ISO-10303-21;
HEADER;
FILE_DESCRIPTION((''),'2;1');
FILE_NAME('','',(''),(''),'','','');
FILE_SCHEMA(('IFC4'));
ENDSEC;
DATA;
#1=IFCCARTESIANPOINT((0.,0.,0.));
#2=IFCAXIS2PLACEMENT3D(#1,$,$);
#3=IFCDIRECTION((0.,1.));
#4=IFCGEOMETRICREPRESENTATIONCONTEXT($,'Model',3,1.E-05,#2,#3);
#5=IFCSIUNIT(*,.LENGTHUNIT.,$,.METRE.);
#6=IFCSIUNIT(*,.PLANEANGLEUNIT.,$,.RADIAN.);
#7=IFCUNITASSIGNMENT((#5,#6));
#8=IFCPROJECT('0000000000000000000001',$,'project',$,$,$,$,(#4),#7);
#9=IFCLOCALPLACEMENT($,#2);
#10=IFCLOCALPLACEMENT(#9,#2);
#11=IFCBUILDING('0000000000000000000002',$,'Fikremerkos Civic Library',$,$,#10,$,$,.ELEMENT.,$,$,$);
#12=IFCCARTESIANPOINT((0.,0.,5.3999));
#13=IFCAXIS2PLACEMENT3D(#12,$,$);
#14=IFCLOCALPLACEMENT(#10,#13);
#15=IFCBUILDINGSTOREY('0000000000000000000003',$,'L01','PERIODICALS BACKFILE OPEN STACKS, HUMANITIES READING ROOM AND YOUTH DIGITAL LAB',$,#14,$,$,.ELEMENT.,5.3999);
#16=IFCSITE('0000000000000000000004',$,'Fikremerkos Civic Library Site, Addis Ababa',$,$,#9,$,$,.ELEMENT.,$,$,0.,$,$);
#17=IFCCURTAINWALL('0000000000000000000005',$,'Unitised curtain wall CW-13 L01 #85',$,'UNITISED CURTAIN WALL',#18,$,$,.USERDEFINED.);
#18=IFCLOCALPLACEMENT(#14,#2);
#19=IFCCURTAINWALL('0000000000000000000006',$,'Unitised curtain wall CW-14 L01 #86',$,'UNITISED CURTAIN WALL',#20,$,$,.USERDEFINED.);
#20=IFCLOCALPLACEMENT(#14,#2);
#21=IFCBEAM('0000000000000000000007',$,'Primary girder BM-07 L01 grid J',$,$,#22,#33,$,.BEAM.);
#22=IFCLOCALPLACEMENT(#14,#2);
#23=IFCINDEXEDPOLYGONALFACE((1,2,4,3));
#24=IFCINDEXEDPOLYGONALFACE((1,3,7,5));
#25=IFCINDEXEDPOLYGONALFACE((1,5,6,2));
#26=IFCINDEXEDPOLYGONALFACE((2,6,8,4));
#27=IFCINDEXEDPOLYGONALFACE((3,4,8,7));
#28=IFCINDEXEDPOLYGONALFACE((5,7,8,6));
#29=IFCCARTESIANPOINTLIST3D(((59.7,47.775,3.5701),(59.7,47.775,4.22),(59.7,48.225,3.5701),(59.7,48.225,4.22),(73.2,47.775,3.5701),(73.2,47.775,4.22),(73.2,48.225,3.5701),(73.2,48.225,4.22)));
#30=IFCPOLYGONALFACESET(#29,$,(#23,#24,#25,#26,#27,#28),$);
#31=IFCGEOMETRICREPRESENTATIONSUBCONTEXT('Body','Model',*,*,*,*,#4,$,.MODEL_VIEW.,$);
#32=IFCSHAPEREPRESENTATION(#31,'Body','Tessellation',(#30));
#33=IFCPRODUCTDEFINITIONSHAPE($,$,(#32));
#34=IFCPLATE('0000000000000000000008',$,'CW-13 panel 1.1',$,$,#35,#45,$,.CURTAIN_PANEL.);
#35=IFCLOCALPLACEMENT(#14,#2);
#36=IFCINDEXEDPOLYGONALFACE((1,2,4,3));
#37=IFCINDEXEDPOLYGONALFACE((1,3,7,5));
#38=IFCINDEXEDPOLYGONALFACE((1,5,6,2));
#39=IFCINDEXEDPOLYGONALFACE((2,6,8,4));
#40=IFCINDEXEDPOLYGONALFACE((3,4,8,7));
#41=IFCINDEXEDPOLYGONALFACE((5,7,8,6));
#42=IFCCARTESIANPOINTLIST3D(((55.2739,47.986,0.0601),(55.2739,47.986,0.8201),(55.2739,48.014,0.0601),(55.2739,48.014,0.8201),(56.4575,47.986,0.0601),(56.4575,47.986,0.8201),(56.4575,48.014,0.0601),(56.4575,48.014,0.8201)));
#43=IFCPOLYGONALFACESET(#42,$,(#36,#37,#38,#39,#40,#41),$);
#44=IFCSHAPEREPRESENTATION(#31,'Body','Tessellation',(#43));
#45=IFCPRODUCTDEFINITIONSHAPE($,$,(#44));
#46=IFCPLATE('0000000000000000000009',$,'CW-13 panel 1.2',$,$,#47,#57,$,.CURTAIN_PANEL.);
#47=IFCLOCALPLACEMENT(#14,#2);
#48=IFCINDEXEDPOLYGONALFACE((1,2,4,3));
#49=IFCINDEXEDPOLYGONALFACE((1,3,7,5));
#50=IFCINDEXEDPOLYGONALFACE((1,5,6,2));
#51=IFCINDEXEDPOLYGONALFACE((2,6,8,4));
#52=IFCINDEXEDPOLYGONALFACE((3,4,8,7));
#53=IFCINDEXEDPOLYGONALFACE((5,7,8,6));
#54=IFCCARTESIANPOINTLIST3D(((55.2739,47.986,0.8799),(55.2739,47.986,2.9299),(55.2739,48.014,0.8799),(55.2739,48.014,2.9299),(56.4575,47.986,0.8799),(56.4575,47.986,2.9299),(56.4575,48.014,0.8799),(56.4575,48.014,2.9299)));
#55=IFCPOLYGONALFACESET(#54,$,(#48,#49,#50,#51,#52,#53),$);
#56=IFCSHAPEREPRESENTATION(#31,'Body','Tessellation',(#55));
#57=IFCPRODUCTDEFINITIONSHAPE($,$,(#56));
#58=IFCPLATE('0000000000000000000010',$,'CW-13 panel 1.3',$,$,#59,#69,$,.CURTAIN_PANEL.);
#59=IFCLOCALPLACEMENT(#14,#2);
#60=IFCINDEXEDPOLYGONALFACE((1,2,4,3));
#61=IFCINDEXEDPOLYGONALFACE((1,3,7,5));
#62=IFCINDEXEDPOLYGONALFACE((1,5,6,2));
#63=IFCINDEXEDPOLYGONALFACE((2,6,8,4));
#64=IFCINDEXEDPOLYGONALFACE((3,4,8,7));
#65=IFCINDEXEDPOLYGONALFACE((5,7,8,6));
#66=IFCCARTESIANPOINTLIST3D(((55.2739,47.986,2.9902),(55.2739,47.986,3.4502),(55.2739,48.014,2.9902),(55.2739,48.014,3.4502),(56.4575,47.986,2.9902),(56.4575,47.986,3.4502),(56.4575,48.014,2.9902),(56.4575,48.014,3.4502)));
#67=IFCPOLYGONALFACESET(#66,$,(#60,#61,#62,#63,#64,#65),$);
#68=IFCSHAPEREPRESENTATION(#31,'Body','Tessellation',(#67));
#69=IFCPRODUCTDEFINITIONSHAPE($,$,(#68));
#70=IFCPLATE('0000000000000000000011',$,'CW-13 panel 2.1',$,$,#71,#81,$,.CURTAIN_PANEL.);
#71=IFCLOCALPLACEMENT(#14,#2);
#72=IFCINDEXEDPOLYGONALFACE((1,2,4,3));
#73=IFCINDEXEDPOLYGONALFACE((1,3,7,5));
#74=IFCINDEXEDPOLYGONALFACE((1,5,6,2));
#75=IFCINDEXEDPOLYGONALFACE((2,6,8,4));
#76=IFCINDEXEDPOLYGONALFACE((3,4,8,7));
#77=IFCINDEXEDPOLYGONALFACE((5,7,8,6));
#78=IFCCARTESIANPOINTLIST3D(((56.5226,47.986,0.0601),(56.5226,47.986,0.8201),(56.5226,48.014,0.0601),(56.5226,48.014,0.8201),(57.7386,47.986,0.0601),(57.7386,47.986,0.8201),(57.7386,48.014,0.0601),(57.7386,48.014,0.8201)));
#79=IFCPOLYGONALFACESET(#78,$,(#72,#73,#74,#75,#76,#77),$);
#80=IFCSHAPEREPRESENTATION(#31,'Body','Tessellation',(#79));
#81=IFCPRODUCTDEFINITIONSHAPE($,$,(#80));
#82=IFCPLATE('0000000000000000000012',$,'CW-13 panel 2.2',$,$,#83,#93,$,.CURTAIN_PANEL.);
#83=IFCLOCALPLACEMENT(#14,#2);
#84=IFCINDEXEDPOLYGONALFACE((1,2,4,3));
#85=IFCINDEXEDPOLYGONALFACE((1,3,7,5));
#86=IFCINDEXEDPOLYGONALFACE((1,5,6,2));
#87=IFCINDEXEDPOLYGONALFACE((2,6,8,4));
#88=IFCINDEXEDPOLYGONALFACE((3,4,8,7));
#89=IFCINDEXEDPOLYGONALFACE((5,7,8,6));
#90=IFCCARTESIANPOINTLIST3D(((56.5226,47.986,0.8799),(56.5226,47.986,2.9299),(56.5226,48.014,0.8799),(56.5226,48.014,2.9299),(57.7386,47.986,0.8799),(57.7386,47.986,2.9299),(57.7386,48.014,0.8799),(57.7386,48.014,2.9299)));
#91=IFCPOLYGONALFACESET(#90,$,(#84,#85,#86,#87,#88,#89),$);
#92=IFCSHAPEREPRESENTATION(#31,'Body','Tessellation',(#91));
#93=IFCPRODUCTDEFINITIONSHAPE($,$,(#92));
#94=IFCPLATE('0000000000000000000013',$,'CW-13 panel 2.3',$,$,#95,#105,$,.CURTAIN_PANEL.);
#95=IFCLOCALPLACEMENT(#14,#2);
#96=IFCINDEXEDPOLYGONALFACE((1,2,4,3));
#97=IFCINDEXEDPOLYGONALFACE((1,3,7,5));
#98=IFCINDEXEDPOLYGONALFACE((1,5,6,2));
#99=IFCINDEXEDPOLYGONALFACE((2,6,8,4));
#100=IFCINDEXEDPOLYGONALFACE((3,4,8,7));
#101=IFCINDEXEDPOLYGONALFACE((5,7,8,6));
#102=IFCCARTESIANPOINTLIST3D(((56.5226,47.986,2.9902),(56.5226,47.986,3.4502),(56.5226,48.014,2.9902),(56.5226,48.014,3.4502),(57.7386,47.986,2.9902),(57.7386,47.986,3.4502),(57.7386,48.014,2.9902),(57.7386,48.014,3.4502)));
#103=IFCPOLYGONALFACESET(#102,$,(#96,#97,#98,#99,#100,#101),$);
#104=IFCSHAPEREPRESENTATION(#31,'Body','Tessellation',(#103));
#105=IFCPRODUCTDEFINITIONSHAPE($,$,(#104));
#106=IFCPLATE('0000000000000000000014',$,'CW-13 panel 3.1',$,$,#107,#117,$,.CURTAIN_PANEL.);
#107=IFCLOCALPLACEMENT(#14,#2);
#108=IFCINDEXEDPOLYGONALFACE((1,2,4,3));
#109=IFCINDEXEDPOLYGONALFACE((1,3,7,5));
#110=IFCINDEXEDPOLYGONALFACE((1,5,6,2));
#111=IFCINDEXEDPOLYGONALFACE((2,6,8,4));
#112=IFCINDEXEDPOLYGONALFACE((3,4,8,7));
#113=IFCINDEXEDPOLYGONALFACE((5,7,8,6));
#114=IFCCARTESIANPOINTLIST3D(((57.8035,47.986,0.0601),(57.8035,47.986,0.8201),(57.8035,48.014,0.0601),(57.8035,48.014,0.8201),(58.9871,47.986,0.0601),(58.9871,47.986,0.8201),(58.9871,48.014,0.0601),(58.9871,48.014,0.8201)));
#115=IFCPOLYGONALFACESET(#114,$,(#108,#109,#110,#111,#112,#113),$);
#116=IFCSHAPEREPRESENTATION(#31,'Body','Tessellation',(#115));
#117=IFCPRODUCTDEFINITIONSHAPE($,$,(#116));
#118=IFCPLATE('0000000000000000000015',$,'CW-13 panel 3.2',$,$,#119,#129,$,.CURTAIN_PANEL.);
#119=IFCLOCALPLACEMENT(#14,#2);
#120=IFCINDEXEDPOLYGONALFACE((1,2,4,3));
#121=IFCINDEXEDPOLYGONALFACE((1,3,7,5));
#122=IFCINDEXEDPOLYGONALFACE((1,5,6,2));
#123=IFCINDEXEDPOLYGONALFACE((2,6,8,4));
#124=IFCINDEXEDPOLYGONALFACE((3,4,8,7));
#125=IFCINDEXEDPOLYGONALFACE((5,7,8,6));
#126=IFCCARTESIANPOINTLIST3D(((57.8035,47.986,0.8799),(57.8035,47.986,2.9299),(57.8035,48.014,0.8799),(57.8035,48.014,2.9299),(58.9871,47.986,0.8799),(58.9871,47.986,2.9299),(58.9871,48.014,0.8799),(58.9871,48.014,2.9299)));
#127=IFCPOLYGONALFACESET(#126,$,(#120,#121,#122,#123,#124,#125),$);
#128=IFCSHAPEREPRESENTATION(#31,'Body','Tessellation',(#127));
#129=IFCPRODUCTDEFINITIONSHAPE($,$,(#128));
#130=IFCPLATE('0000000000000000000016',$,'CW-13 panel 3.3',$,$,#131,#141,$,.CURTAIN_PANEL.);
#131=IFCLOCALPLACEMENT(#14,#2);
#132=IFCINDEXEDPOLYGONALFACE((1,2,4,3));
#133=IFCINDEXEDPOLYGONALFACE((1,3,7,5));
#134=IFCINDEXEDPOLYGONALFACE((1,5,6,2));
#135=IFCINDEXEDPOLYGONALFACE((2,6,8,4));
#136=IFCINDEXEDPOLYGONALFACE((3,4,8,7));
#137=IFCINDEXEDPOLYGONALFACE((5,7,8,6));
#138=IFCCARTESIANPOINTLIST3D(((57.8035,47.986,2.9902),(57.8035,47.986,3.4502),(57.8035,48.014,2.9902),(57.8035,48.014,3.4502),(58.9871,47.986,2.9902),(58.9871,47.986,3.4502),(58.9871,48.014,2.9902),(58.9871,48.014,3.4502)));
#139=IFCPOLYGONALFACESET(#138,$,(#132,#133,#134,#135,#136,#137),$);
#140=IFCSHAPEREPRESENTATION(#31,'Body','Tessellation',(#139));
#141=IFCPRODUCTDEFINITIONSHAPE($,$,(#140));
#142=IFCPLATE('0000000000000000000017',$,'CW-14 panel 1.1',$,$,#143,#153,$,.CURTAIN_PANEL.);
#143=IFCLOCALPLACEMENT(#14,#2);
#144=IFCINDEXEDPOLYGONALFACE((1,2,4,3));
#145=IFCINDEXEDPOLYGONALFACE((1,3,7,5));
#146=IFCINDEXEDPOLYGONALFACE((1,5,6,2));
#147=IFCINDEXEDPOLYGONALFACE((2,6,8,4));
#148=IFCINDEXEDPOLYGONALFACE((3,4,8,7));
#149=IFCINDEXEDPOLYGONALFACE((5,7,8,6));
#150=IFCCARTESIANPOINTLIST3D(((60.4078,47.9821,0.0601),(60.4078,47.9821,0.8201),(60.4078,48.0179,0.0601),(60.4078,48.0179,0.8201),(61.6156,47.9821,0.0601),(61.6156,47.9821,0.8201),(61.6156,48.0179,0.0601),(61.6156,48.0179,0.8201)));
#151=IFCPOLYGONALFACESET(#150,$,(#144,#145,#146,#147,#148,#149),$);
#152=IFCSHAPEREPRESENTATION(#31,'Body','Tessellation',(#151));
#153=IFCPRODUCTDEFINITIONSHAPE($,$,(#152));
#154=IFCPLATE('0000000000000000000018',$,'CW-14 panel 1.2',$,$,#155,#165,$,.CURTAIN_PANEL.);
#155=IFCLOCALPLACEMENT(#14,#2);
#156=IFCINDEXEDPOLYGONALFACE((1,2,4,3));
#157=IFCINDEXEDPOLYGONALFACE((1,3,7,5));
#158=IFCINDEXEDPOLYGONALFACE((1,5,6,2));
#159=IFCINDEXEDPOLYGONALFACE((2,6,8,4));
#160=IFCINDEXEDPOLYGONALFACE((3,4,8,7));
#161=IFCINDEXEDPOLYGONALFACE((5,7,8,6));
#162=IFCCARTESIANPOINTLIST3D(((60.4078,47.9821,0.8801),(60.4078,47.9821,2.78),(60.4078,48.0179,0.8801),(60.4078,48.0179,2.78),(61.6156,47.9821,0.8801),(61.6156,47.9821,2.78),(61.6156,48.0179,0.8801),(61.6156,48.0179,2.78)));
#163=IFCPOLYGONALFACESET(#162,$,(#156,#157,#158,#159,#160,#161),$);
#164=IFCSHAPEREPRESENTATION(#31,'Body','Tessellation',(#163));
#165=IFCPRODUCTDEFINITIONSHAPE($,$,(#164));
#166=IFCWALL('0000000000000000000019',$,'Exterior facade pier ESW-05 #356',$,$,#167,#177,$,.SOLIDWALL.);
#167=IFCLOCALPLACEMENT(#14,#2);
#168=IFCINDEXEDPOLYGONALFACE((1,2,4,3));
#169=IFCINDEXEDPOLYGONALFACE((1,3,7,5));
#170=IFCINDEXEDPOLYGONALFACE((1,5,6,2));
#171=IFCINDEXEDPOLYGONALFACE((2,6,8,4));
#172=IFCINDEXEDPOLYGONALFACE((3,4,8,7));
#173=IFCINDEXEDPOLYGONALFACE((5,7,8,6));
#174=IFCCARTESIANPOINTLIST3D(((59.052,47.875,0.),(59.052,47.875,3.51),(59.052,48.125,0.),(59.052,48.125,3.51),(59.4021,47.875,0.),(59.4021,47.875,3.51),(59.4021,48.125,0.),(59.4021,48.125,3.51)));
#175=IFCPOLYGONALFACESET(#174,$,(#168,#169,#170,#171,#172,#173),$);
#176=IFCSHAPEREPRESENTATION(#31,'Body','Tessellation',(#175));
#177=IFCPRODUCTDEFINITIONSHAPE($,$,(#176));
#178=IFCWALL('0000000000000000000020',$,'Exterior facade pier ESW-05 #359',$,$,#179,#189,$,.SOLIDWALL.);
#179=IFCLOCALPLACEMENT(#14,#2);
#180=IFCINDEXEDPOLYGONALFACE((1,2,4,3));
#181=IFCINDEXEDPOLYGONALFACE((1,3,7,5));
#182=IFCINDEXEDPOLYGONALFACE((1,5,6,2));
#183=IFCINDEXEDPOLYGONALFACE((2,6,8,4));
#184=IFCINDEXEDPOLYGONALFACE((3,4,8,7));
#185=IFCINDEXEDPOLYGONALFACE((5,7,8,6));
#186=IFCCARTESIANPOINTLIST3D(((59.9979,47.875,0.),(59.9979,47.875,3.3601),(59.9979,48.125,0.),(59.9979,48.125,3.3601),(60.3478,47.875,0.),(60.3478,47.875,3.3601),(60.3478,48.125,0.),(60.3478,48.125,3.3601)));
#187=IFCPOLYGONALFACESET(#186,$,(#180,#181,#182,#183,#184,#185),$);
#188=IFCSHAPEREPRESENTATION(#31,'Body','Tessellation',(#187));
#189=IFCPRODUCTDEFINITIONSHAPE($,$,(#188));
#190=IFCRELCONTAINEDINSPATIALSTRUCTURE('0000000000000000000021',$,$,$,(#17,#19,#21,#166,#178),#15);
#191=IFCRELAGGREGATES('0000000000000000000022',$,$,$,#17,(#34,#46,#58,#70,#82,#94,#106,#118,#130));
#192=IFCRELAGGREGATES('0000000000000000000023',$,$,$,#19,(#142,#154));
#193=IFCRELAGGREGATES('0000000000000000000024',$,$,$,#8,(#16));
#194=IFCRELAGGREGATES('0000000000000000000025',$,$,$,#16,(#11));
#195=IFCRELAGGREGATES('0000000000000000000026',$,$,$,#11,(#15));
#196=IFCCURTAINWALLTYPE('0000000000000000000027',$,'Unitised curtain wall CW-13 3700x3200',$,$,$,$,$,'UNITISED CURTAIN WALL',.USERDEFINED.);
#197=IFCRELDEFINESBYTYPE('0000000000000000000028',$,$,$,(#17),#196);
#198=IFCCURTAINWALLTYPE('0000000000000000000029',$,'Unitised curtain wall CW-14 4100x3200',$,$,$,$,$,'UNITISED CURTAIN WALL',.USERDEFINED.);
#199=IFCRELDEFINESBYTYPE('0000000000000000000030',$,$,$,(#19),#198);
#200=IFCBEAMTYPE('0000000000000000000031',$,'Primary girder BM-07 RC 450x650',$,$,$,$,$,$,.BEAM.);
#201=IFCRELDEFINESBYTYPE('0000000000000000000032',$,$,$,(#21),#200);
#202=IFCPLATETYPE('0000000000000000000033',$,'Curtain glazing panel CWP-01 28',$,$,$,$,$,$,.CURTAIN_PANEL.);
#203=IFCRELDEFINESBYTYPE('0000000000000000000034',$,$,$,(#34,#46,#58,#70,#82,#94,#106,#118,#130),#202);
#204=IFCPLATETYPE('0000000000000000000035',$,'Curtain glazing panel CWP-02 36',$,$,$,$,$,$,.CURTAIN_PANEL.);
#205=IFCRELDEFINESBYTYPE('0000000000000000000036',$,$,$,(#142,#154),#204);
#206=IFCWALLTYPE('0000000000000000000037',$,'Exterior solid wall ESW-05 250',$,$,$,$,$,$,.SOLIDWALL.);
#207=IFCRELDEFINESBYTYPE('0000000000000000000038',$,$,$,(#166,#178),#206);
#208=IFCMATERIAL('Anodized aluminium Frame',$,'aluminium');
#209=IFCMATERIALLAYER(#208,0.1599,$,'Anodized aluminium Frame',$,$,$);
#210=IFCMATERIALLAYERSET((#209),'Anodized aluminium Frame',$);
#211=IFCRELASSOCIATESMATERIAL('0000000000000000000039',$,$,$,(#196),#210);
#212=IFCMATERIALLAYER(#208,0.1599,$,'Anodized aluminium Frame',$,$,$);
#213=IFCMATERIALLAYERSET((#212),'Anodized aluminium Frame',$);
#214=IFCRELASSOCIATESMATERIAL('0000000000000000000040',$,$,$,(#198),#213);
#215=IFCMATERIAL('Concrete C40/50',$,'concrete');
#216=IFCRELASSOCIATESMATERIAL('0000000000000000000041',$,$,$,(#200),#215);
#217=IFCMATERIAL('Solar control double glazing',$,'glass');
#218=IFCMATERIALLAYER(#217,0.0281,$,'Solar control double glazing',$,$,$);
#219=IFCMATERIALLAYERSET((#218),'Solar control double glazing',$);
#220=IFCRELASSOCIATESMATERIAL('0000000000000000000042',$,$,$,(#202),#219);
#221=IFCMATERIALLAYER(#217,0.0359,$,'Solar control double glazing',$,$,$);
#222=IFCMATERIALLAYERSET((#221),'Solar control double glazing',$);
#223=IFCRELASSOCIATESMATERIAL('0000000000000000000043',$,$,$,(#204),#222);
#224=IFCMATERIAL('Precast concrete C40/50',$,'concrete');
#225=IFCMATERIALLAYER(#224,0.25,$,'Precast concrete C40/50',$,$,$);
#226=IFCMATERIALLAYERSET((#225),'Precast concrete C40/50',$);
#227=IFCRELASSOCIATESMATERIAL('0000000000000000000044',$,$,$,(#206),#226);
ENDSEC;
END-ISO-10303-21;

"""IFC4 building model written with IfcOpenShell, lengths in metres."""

from ifc_helpers import new_model, si_unit, direction, frame, frame_2d, origin, origin_2d, place, context, subcontext, project, spatial, rectangle, extrude, material, layer, layer_set, material_profile, profile_set, type_object, element, aggregate, save


model = new_model("IFC4")

# Units and contexts
model_context = context("Model", 3, precision=1e-05, world=origin(), true_north=direction((0.0, 1.0)))
body_context = subcontext(model_context, "Body", "Model", "MODEL_VIEW")
ifc_project = project(units=[si_unit("LENGTHUNIT", "METRE"), si_unit("PLANEANGLEUNIT", "RADIAN")], contexts=[model_context])

# Site, building, storey
site_placement = place(None, origin())
site = spatial("IfcSite", under=ifc_project, at=site_placement, Name="Fikremerkos Civic Library Site, Addis Ababa", CompositionType="ELEMENT", RefElevation=0.0)
building_placement = place(site_placement, origin())
building = spatial("IfcBuilding", under=site, at=building_placement, Name="Fikremerkos Civic Library", CompositionType="ELEMENT")
storey_placement = place(building_placement, frame((0.0, 0.0, 5.3999)))
storey = spatial("IfcBuildingStorey", under=building, at=storey_placement, Name="L01", Description="PERIODICALS BACKFILE OPEN STACKS, HUMANITIES READING ROOM AND YOUTH DIGITAL LAB", CompositionType="ELEMENT", Elevation=5.3999)

# Shared definitions
ifc_material_1 = material(Name="Concrete C40/50", Category="concrete")

# Curtain wall
ifc_material_2 = material(Name="Anodized aluminium Frame", Category="aluminium")
ifc_layer_1 = layer(ifc_material_2, 0.1599, Name="Anodized aluminium Frame")
ifc_layer_set_1 = layer_set([ifc_layer_1], Name="Anodized aluminium Frame")
curtain_wall_type_1 = type_object("IfcCurtainWallType", Name="Unitised curtain wall CW-13 3700x3200", ElementType="UNITISED CURTAIN WALL", PredefinedType="USERDEFINED", material=ifc_layer_set_1)
curtain_wall_1_placement = place(storey_placement, origin())
curtain_wall_1 = element("IfcCurtainWall", 1, at=curtain_wall_1_placement, inside=storey, type_object=curtain_wall_type_1, Name="Unitised curtain wall CW-13 L01 #85", ObjectType="UNITISED CURTAIN WALL", PredefinedType="USERDEFINED")

# Curtain wall
ifc_layer_2 = layer(ifc_material_2, 0.1599, Name="Anodized aluminium Frame")
ifc_layer_set_2 = layer_set([ifc_layer_2], Name="Anodized aluminium Frame")
curtain_wall_type_2 = type_object("IfcCurtainWallType", Name="Unitised curtain wall CW-14 4100x3200", ElementType="UNITISED CURTAIN WALL", PredefinedType="USERDEFINED", material=ifc_layer_set_2)
curtain_wall_2_placement = place(storey_placement, origin())
curtain_wall_2 = element("IfcCurtainWall", 2, at=curtain_wall_2_placement, inside=storey, type_object=curtain_wall_type_2, Name="Unitised curtain wall CW-14 L01 #86", ObjectType="UNITISED CURTAIN WALL", PredefinedType="USERDEFINED")

# Beam
ifc_material_profile_1 = material_profile(ifc_material_1, rectangle(XDim=0.45, YDim=0.6499, at=origin_2d()), Name="RC 450x650")
ifc_profile_set_1 = profile_set([ifc_material_profile_1], Name="Concrete C40/50")
beam_type = type_object("IfcBeamType", Name="Primary girder BM-07 RC 450x650", PredefinedType="BEAM", material=ifc_profile_set_1)
beam_placement = place(storey_placement, frame((59.7, 48.0, 3.895), z_axis=(1.0, 0.0, 0.0), x_axis=(0.0, 1.0, 0.0)))
element("IfcBeam", 3, at=beam_placement, inside=storey, type_object=beam_type, Name="Primary girder BM-07 L01 grid J", PredefinedType="BEAM", context=body_context, shape_type="SweptSolid", body=[
    extrude(rectangle(XDim=0.45, YDim=0.6499, at=origin_2d()), origin(), (0.0, 0.0, 1.0), 13.5),
])

# Plates
ifc_material_3 = material(Name="Solar control double glazing", Category="glass")
ifc_layer_3 = layer(ifc_material_3, 0.0281, Name="Solar control double glazing")
ifc_layer_set_3 = layer_set([ifc_layer_3], Name="Solar control double glazing")
plate_type_1 = type_object("IfcPlateType", Name="Curtain glazing panel CWP-01 28", PredefinedType="CURTAIN_PANEL", material=ifc_layer_set_3)
plate_1_placement = place(storey_placement, frame((55.8657, 48.0, 0.0601), z_axis=(0.0, 0.0, 1.0), x_axis=(1.0, 0.0, 0.0)))
plate_1 = element("IfcPlate", 4, at=plate_1_placement, type_object=plate_type_1, Name="CW-13 panel 1.1", PredefinedType="CURTAIN_PANEL", context=body_context, shape_type="SweptSolid", body=[
    extrude(rectangle(XDim=1.1836, YDim=0.0281, at=origin_2d()), origin(), (0.0, 0.0, 1.0), 0.76),
])
plate_2_placement = place(storey_placement, frame((55.8657, 48.0, 0.8799), z_axis=(0.0, 0.0, 1.0), x_axis=(1.0, 0.0, 0.0)))
plate_2 = element("IfcPlate", 5, at=plate_2_placement, type_object=plate_type_1, Name="CW-13 panel 1.2", PredefinedType="CURTAIN_PANEL", context=body_context, shape_type="SweptSolid", body=[
    extrude(rectangle(XDim=1.1836, YDim=0.0281, at=origin_2d()), origin(), (0.0, 0.0, 1.0), 2.05),
])
plate_3_placement = place(storey_placement, frame((55.8657, 48.0, 2.9902), z_axis=(0.0, 0.0, 1.0), x_axis=(1.0, 0.0, 0.0)))
plate_3 = element("IfcPlate", 6, at=plate_3_placement, type_object=plate_type_1, Name="CW-13 panel 1.3", PredefinedType="CURTAIN_PANEL", context=body_context, shape_type="SweptSolid", body=[
    extrude(rectangle(XDim=1.1836, YDim=0.0281, at=origin_2d()), origin(), (0.0, 0.0, 1.0), 0.46),
])
plate_4_placement = place(storey_placement, frame((57.1306, 48.0, 0.0601), z_axis=(0.0, 0.0, 1.0), x_axis=(1.0, 0.0, 0.0)))
plate_4 = element("IfcPlate", 7, at=plate_4_placement, type_object=plate_type_1, Name="CW-13 panel 2.1", PredefinedType="CURTAIN_PANEL", context=body_context, shape_type="SweptSolid", body=[
    extrude(rectangle(XDim=1.2161, YDim=0.0281, at=origin_2d()), origin(), (0.0, 0.0, 1.0), 0.76),
])
plate_5_placement = place(storey_placement, frame((57.1306, 48.0, 0.8799), z_axis=(0.0, 0.0, 1.0), x_axis=(1.0, 0.0, 0.0)))
plate_5 = element("IfcPlate", 8, at=plate_5_placement, type_object=plate_type_1, Name="CW-13 panel 2.2", PredefinedType="CURTAIN_PANEL", context=body_context, shape_type="SweptSolid", body=[
    extrude(rectangle(XDim=1.2161, YDim=0.0281, at=origin_2d()), origin(), (0.0, 0.0, 1.0), 2.05),
])
plate_6_placement = place(storey_placement, frame((57.1306, 48.0, 2.9902), z_axis=(0.0, 0.0, 1.0), x_axis=(1.0, 0.0, 0.0)))
plate_6 = element("IfcPlate", 9, at=plate_6_placement, type_object=plate_type_1, Name="CW-13 panel 2.3", PredefinedType="CURTAIN_PANEL", context=body_context, shape_type="SweptSolid", body=[
    extrude(rectangle(XDim=1.2161, YDim=0.0281, at=origin_2d()), origin(), (0.0, 0.0, 1.0), 0.46),
])
plate_7_placement = place(storey_placement, frame((58.3953, 48.0, 0.0601), z_axis=(0.0, 0.0, 1.0), x_axis=(1.0, 0.0, 0.0)))
plate_7 = element("IfcPlate", 10, at=plate_7_placement, type_object=plate_type_1, Name="CW-13 panel 3.1", PredefinedType="CURTAIN_PANEL", context=body_context, shape_type="SweptSolid", body=[
    extrude(rectangle(XDim=1.1836, YDim=0.0281, at=origin_2d()), origin(), (0.0, 0.0, 1.0), 0.76),
])
plate_8_placement = place(storey_placement, frame((58.3953, 48.0, 0.8799), z_axis=(0.0, 0.0, 1.0), x_axis=(1.0, 0.0, 0.0)))
plate_8 = element("IfcPlate", 11, at=plate_8_placement, type_object=plate_type_1, Name="CW-13 panel 3.2", PredefinedType="CURTAIN_PANEL", context=body_context, shape_type="SweptSolid", body=[
    extrude(rectangle(XDim=1.1836, YDim=0.0281, at=origin_2d()), origin(), (0.0, 0.0, 1.0), 2.05),
])
plate_9_placement = place(storey_placement, frame((58.3953, 48.0, 2.9902), z_axis=(0.0, 0.0, 1.0), x_axis=(1.0, 0.0, 0.0)))
plate_9 = element("IfcPlate", 12, at=plate_9_placement, type_object=plate_type_1, Name="CW-13 panel 3.3", PredefinedType="CURTAIN_PANEL", context=body_context, shape_type="SweptSolid", body=[
    extrude(rectangle(XDim=1.1836, YDim=0.0281, at=origin_2d()), origin(), (0.0, 0.0, 1.0), 0.46),
])
aggregate(curtain_wall_1, [plate_1, plate_2, plate_3, plate_4, plate_5, plate_6, plate_7, plate_8, plate_9])
ifc_layer_4 = layer(ifc_material_3, 0.0359, Name="Solar control double glazing")
ifc_layer_set_4 = layer_set([ifc_layer_4], Name="Solar control double glazing")
plate_type_2 = type_object("IfcPlateType", Name="Curtain glazing panel CWP-02 36", PredefinedType="CURTAIN_PANEL", material=ifc_layer_set_4)
plate_10_placement = place(storey_placement, frame((61.0117, 48.0, 0.0601), z_axis=(0.0, 0.0, 1.0), x_axis=(1.0, 0.0, 0.0)))
plate_10 = element("IfcPlate", 13, at=plate_10_placement, type_object=plate_type_2, Name="CW-14 panel 1.1", PredefinedType="CURTAIN_PANEL", context=body_context, shape_type="SweptSolid", body=[
    extrude(rectangle(XDim=1.2078, YDim=0.0359, at=origin_2d()), origin(), (0.0, 0.0, 1.0), 0.76),
])
plate_11_placement = place(storey_placement, frame((61.0117, 48.0, 0.8801), z_axis=(0.0, 0.0, 1.0), x_axis=(1.0, 0.0, 0.0)))
plate_11 = element("IfcPlate", 14, at=plate_11_placement, type_object=plate_type_2, Name="CW-14 panel 1.2", PredefinedType="CURTAIN_PANEL", context=body_context, shape_type="SweptSolid", body=[
    extrude(rectangle(XDim=1.2078, YDim=0.0359, at=origin_2d()), origin(), (0.0, 0.0, 1.0), 1.8999),
])
aggregate(curtain_wall_2, [plate_10, plate_11])

# Walls
ifc_material_4 = material(Name="Precast concrete C40/50", Category="concrete")
ifc_layer_5 = layer(ifc_material_4, 0.25, Name="Precast concrete C40/50")
ifc_layer_set_5 = layer_set([ifc_layer_5], Name="Precast concrete C40/50")
wall_type_1 = type_object("IfcWallType", Name="Exterior solid wall ESW-05 250", PredefinedType="SOLIDWALL", material=ifc_layer_set_5)
wall_1_placement = place(storey_placement, frame((59.052, 48.0, 0.0), z_axis=(0.0, 0.0, 1.0), x_axis=(1.0, 0.0, 0.0)))
element("IfcWall", 15, at=wall_1_placement, inside=storey, type_object=wall_type_1, Name="Exterior facade pier ESW-05 #356", PredefinedType="SOLIDWALL", context=body_context, shape_type="SweptSolid", body=[
    extrude(rectangle(XDim=0.3501, YDim=0.25, at=frame_2d((0.175, 0.0))), origin(), (0.0, 0.0, 1.0), 3.51),
])
wall_2_placement = place(storey_placement, frame((59.998, 48.0, 0.0), z_axis=(0.0, 0.0, 1.0), x_axis=(1.0, 0.0, 0.0)))
element("IfcWall", 16, at=wall_2_placement, inside=storey, type_object=wall_type_1, Name="Exterior facade pier ESW-05 #359", PredefinedType="SOLIDWALL", context=body_context, shape_type="SweptSolid", body=[
    extrude(rectangle(XDim=0.3499, YDim=0.25, at=frame_2d((0.1748, 0.0))), origin(), (0.0, 0.0, 1.0), 3.3601),
])

save(model, "model.ifc")
